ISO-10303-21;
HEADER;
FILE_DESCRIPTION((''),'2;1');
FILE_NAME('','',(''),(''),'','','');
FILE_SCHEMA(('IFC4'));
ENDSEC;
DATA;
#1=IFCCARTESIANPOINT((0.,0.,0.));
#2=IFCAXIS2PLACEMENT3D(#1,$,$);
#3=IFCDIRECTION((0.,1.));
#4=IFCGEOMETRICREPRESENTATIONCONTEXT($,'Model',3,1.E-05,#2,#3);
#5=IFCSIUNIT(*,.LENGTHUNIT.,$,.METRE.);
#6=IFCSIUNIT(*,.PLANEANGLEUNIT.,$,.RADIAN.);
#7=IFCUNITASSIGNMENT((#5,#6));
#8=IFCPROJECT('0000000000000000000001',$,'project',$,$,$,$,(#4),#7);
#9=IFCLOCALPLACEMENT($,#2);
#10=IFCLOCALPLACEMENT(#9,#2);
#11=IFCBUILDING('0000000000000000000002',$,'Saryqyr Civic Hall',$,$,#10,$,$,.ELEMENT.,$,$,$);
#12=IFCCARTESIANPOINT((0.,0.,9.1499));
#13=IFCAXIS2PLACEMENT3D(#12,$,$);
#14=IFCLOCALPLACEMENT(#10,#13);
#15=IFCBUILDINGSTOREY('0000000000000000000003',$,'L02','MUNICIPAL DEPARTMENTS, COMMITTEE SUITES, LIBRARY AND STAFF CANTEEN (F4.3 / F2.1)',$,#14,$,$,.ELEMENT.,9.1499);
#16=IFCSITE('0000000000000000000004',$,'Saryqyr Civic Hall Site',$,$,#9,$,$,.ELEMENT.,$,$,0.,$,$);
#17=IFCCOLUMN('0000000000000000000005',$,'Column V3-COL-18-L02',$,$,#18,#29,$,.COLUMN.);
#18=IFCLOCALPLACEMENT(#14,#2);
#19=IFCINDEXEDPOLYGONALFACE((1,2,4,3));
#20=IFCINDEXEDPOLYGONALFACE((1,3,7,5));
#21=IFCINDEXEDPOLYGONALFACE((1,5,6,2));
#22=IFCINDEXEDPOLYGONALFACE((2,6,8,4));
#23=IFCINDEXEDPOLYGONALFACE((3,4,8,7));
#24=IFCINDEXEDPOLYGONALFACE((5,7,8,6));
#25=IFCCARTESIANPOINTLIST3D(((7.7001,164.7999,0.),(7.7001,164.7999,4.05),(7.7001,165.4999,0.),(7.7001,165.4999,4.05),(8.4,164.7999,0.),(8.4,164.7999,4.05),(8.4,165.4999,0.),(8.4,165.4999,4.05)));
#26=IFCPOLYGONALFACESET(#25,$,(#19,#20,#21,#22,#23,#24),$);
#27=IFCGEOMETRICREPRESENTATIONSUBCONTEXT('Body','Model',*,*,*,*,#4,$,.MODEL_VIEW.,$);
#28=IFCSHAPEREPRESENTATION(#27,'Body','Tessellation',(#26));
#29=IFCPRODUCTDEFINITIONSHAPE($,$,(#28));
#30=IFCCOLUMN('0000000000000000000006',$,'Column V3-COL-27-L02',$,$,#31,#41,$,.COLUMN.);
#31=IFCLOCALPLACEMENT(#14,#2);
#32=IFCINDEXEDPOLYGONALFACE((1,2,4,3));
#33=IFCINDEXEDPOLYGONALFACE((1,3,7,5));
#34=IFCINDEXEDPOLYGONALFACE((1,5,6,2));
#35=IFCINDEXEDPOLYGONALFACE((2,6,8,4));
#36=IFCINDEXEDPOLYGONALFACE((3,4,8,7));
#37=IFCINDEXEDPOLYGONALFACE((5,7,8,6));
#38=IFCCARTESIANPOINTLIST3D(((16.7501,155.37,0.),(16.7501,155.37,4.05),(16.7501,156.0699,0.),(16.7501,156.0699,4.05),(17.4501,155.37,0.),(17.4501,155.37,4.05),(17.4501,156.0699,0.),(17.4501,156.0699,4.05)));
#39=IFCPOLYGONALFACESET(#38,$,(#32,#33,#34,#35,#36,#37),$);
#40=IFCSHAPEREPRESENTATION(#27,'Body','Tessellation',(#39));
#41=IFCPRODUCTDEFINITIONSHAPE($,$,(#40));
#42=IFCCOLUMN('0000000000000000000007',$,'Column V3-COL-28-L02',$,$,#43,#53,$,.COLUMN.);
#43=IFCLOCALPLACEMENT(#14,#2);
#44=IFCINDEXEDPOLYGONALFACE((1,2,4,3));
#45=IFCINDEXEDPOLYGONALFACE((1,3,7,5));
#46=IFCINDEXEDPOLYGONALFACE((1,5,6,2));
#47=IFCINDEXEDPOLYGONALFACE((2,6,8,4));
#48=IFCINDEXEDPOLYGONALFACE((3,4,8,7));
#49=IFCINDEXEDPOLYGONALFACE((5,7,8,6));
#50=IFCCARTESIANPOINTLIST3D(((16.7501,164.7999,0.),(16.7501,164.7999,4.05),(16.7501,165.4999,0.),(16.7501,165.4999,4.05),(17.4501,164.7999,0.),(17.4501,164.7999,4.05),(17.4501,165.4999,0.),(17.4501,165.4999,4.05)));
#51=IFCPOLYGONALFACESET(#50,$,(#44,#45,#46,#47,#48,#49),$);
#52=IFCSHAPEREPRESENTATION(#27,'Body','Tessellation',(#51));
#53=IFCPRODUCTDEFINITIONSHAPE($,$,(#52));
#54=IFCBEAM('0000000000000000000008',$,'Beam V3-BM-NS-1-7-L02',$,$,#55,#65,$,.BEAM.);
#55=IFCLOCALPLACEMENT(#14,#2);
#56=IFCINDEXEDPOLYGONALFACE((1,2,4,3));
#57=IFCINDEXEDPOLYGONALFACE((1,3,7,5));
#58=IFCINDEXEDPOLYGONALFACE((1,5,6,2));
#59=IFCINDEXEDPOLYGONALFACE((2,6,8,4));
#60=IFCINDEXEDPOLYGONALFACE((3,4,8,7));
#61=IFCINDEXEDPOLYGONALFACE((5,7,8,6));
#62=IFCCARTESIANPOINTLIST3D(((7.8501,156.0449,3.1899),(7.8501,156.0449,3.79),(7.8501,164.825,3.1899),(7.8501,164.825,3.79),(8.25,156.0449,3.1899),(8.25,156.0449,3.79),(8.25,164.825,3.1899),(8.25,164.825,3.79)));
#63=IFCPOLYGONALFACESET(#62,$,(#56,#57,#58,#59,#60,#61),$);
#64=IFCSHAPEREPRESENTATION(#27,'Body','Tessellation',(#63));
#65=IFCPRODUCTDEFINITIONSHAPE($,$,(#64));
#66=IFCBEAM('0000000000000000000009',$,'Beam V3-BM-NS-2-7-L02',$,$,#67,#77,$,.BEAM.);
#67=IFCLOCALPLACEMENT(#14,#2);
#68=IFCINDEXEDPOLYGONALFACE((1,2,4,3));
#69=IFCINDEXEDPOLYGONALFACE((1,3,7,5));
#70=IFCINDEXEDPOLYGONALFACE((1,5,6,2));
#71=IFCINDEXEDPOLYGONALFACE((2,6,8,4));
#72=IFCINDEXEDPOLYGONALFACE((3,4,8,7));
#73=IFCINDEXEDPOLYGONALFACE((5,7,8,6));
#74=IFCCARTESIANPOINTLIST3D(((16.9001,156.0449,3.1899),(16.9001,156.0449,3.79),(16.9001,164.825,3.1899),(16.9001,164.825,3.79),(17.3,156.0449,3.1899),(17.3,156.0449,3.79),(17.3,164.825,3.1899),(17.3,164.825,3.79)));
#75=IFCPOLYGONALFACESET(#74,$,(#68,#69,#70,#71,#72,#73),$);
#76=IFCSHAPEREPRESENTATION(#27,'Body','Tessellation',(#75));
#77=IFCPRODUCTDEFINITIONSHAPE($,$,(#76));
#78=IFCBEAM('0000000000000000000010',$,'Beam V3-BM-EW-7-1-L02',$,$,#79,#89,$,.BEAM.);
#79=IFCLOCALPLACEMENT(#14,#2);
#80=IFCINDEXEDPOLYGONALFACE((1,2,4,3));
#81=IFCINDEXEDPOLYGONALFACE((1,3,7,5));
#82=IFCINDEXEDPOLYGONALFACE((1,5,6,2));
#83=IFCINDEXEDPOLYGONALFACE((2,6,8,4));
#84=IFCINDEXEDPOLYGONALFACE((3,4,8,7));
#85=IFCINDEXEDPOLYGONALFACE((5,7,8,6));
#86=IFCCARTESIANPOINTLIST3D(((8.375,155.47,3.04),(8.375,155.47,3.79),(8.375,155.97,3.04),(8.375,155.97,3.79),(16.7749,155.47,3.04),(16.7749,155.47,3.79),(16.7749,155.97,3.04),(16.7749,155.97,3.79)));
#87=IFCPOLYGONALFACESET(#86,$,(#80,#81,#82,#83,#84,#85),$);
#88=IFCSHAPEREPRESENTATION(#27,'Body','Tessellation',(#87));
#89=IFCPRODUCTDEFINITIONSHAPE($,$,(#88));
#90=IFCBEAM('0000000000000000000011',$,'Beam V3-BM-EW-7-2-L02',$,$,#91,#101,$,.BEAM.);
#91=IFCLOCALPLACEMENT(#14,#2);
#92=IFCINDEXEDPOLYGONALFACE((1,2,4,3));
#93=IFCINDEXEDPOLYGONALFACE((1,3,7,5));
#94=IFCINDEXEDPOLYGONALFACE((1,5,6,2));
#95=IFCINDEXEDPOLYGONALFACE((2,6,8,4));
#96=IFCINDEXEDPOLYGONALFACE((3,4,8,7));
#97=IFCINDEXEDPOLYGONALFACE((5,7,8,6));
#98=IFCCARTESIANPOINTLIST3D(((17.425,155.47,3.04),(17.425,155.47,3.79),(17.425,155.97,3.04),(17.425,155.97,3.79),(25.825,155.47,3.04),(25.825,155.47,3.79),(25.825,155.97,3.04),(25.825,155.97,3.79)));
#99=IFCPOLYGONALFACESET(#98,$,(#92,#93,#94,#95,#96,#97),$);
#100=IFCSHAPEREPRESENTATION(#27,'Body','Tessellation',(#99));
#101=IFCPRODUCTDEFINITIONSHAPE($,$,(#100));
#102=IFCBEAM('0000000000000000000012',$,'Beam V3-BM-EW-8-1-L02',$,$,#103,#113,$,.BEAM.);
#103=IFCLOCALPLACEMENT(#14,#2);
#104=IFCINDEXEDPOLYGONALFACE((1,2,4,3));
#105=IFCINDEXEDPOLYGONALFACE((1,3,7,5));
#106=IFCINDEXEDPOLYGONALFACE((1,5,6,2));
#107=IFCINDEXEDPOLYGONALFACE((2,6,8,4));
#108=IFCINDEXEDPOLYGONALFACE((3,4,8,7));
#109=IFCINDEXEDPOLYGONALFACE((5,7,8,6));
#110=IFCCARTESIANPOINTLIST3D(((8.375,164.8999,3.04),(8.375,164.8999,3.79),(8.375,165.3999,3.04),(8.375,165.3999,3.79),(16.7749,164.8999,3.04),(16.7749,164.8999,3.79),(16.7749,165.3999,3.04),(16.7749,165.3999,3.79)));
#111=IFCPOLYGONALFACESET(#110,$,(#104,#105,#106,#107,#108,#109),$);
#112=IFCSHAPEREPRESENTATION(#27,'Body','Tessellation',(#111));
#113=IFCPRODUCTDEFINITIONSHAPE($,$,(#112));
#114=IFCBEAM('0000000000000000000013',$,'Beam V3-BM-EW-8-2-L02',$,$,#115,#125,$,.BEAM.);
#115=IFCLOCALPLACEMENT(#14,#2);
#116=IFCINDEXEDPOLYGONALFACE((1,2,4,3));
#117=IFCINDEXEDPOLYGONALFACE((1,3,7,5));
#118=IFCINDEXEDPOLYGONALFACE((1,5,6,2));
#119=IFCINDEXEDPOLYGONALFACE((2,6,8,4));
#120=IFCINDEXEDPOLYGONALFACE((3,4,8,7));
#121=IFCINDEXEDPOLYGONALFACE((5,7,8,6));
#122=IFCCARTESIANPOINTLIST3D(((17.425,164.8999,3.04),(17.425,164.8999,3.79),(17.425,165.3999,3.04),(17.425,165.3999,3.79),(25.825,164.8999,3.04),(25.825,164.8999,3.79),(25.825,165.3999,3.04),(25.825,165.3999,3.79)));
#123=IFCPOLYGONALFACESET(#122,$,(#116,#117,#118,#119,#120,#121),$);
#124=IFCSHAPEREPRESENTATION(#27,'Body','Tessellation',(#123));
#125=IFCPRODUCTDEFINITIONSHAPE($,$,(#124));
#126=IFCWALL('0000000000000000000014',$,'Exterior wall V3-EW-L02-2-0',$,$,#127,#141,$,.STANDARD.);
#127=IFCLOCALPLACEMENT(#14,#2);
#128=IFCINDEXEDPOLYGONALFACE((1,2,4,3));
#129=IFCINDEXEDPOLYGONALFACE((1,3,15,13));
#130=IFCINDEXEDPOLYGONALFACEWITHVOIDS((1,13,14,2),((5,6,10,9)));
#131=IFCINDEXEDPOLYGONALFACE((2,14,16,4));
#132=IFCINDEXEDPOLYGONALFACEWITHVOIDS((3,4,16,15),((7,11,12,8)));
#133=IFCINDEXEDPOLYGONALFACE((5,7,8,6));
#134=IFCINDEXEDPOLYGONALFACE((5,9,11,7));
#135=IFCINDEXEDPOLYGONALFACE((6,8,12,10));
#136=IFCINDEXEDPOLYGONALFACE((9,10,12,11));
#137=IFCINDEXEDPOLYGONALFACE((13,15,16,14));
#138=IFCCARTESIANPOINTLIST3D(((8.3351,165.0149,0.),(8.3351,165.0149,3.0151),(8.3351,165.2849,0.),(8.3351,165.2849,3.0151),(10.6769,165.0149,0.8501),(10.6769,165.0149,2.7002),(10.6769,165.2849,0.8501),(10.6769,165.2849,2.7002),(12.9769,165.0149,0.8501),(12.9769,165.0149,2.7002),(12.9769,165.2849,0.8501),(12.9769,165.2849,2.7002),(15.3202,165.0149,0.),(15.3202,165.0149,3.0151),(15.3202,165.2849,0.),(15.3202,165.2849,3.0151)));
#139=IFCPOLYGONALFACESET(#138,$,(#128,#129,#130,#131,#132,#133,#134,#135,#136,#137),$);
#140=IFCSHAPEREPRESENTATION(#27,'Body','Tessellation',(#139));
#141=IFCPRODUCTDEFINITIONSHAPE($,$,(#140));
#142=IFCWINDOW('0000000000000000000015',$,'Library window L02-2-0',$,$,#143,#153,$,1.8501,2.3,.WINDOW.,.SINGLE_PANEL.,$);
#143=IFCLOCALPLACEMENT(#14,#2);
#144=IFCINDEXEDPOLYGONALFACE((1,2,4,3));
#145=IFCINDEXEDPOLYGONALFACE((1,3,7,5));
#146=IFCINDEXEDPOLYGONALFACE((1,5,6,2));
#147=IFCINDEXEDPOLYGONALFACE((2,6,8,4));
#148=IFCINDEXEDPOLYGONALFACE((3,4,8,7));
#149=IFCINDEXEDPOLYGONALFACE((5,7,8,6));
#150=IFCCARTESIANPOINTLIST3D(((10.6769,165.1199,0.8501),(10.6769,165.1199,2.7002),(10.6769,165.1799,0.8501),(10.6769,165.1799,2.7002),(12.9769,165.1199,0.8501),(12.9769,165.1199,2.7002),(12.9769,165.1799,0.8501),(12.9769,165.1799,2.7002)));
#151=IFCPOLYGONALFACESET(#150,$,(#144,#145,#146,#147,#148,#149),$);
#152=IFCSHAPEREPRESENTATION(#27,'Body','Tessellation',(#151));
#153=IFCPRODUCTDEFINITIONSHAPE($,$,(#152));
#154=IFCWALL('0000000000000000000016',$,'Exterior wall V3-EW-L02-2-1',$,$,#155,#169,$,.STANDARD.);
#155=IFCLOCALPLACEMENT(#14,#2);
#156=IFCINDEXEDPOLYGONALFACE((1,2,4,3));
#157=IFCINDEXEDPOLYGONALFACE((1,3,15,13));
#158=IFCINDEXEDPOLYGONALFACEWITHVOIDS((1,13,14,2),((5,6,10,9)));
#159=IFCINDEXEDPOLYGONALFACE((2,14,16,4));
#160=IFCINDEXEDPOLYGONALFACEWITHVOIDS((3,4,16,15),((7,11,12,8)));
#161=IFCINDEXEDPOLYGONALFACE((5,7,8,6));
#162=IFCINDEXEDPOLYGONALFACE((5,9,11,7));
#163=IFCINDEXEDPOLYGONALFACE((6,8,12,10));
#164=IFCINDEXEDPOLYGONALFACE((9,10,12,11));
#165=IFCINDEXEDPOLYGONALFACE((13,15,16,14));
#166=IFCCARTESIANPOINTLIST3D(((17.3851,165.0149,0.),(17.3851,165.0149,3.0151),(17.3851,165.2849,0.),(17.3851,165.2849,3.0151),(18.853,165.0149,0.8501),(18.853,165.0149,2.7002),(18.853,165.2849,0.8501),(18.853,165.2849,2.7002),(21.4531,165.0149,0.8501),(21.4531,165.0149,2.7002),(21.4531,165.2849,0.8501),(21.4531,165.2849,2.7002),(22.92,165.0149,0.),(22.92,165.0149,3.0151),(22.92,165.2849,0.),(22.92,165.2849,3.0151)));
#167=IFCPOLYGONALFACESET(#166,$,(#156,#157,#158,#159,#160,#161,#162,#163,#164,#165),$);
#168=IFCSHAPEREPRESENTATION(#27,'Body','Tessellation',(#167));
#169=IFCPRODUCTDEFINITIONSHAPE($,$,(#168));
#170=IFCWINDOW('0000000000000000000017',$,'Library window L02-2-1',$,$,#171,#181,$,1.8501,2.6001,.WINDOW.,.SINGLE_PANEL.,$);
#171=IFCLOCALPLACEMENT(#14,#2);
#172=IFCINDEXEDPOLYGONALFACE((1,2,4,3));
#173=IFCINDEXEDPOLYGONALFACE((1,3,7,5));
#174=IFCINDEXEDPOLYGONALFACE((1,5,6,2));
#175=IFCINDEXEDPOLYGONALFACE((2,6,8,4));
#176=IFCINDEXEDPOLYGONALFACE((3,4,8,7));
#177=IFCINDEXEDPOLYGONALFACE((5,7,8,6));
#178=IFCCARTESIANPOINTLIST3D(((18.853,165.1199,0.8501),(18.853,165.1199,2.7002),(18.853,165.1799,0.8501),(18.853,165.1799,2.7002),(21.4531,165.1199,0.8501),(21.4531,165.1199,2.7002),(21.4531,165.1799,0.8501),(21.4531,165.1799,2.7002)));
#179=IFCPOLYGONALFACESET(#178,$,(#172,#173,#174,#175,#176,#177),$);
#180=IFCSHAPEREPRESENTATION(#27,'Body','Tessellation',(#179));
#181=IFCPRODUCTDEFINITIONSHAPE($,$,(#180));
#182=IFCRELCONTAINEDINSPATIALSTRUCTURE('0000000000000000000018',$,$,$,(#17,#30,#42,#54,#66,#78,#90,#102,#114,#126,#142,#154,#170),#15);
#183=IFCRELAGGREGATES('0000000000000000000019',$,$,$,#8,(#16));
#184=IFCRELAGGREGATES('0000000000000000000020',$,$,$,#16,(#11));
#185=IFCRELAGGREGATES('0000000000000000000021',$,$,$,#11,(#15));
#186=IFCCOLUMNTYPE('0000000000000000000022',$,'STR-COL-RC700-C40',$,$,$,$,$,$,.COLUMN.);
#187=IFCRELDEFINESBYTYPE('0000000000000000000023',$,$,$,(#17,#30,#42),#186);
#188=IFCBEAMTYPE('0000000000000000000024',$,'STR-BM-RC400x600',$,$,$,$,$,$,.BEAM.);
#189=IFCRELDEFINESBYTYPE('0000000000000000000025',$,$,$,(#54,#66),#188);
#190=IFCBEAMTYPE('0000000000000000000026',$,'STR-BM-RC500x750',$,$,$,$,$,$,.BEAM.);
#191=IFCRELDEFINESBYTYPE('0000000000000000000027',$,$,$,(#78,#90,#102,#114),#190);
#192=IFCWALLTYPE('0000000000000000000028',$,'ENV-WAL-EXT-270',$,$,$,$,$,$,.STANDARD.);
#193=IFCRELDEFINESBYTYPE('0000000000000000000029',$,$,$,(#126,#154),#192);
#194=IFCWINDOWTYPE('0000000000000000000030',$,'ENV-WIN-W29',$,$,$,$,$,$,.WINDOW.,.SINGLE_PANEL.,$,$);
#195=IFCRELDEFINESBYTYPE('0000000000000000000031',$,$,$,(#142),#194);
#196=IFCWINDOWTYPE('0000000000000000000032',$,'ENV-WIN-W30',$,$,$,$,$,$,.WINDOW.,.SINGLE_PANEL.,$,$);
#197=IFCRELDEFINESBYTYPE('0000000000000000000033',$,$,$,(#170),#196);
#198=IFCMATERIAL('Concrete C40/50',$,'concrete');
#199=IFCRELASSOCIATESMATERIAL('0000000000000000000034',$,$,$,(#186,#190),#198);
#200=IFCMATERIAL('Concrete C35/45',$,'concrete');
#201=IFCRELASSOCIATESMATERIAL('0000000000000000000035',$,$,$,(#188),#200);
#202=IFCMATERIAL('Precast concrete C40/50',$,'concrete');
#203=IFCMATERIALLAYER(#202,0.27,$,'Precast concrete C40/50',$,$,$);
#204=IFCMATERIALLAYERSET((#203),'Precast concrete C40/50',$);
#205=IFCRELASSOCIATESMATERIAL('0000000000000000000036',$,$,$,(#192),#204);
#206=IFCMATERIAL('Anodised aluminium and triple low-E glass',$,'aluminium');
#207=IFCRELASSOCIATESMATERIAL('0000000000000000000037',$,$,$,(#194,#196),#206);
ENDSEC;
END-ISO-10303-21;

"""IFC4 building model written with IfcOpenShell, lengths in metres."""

from ifc_helpers import new_model, si_unit, direction, frame, frame_2d, origin, origin_2d, place, context, subcontext, project, spatial, rectangle, extrude, material, layer, layer_set, material_profile, profile_set, type_object, element, fill, save


model = new_model("IFC4")

# Units and contexts
model_context = context("Model", 3, precision=1e-05, world=origin(), true_north=direction((0.0, 1.0)))
body_context = subcontext(model_context, "Body", "Model", "MODEL_VIEW")
ifc_project = project(units=[si_unit("LENGTHUNIT", "METRE"), si_unit("PLANEANGLEUNIT", "RADIAN")], contexts=[model_context])

# Site, building, storey
site_placement = place(None, origin())
site = spatial("IfcSite", under=ifc_project, at=site_placement, Name="Saryqyr Civic Hall Site", CompositionType="ELEMENT", RefElevation=0.0)
building_placement = place(site_placement, origin())
building = spatial("IfcBuilding", under=site, at=building_placement, Name="Saryqyr Civic Hall", CompositionType="ELEMENT")
storey_placement = place(building_placement, frame((0.0, 0.0, 9.1499)))
storey = spatial("IfcBuildingStorey", under=building, at=storey_placement, Name="L02", Description="MUNICIPAL DEPARTMENTS, COMMITTEE SUITES, LIBRARY AND STAFF CANTEEN (F4.3 / F2.1)", CompositionType="ELEMENT", Elevation=9.1499)

# Columns
ifc_material_1 = material(Name="Concrete C40/50", Category="concrete")
ifc_material_profile_1 = material_profile(ifc_material_1, rectangle(XDim=0.7, YDim=0.7, at=origin_2d()), Name="RC 700x700")
ifc_profile_set_1 = profile_set([ifc_material_profile_1], Name="Concrete C40/50")
column_type = type_object("IfcColumnType", Name="STR-COL-RC700-C40", PredefinedType="COLUMN", material=ifc_profile_set_1)
for number, where, z_axis, x_axis, name in (
    (1, (8.05, 165.1499, 0.0), (0.0, 0.0, 1.0), (1.0, 0.0, 0.0), "Column V3-COL-18-L02"),
    (2, (17.1001, 155.72, 0.0), (0.0, 0.0, 1.0), (1.0, 0.0, 0.0), "Column V3-COL-27-L02"),
    (3, (17.1001, 165.1499, 0.0), (0.0, 0.0, 1.0), (1.0, 0.0, 0.0), "Column V3-COL-28-L02"),
):
    element("IfcColumn", number, at=place(storey_placement, frame(where, z_axis=z_axis, x_axis=x_axis)), inside=storey, type_object=column_type, Name=name, PredefinedType="COLUMN", context=body_context, shape_type="SweptSolid", body=[
        extrude(rectangle(XDim=0.7, YDim=0.7, at=origin_2d()), origin(), (0.0, 0.0, 1.0), 4.05),
    ])

# Beams
ifc_material_2 = material(Name="Concrete C35/45", Category="concrete")
ifc_material_profile_2 = material_profile(ifc_material_2, rectangle(XDim=0.3999, YDim=0.6001, at=origin_2d()), Name="RC 400x600")
ifc_profile_set_2 = profile_set([ifc_material_profile_2], Name="Concrete C35/45")
beam_type_1 = type_object("IfcBeamType", Name="STR-BM-RC400x600", PredefinedType="BEAM", material=ifc_profile_set_2)
for number, where, z_axis, x_axis, name in (
    (4, (8.05, 156.0449, 3.49), (0.0, 1.0, 0.0), (-1.0, 0.0, 0.0), "Beam V3-BM-NS-1-7-L02"),
    (5, (17.1001, 156.0449, 3.49), (0.0, 1.0, 0.0), (-1.0, 0.0, 0.0), "Beam V3-BM-NS-2-7-L02"),
):
    element("IfcBeam", number, at=place(storey_placement, frame(where, z_axis=z_axis, x_axis=x_axis)), inside=storey, type_object=beam_type_1, Name=name, PredefinedType="BEAM", context=body_context, shape_type="SweptSolid", body=[
        extrude(rectangle(XDim=0.3999, YDim=0.6001, at=origin_2d()), origin(), (0.0, 0.0, 1.0), 8.78),
    ])
ifc_material_profile_3 = material_profile(ifc_material_1, rectangle(XDim=0.5, YDim=0.75, at=origin_2d()), Name="RC 500x750")
ifc_profile_set_3 = profile_set([ifc_material_profile_3], Name="Concrete C40/50")
beam_type_2 = type_object("IfcBeamType", Name="STR-BM-RC500x750", PredefinedType="BEAM", material=ifc_profile_set_3)
for number, where, z_axis, x_axis, name in (
    (6, (8.375, 155.72, 3.415), (1.0, 0.0, 0.0), (0.0, 1.0, 0.0), "Beam V3-BM-EW-7-1-L02"),
    (7, (17.425, 155.72, 3.415), (1.0, 0.0, 0.0), (0.0, 1.0, 0.0), "Beam V3-BM-EW-7-2-L02"),
    (8, (8.375, 165.1499, 3.415), (1.0, 0.0, 0.0), (0.0, 1.0, 0.0), "Beam V3-BM-EW-8-1-L02"),
    (9, (17.425, 165.1499, 3.415), (1.0, 0.0, 0.0), (0.0, 1.0, 0.0), "Beam V3-BM-EW-8-2-L02"),
):
    element("IfcBeam", number, at=place(storey_placement, frame(where, z_axis=z_axis, x_axis=x_axis)), inside=storey, type_object=beam_type_2, Name=name, PredefinedType="BEAM", context=body_context, shape_type="SweptSolid", body=[
        extrude(rectangle(XDim=0.5, YDim=0.75, at=origin_2d()), origin(), (0.0, 0.0, 1.0), 8.3999),
    ])

# Walls, openings, windows
ifc_material_3 = material(Name="Precast concrete C40/50", Category="concrete")
ifc_layer_1 = layer(ifc_material_3, 0.27, Name="Precast concrete C40/50")
ifc_layer_set_1 = layer_set([ifc_layer_1], Name="Precast concrete C40/50")
wall_type_1 = type_object("IfcWallType", Name="ENV-WAL-EXT-270", PredefinedType="STANDARD", material=ifc_layer_set_1)
wall_1_placement = place(storey_placement, frame((8.335, 165.1499, 0.0), z_axis=(0.0, 0.0, 1.0), x_axis=(1.0, 0.0, 0.0)))
wall_1 = element("IfcWall", 10, at=wall_1_placement, inside=storey, type_object=wall_type_1, Name="Exterior wall V3-EW-L02-2-0", PredefinedType="STANDARD", context=body_context, shape_type="SweptSolid", body=[
    extrude(rectangle(XDim=6.9851, YDim=0.27, at=frame_2d((3.4927, 0.0))), origin(), (0.0, 0.0, 1.0), 3.0151),
])
opening_1_placement = place(wall_1_placement, frame((2.342, 0.0, 0.8501)))
opening_1 = element("IfcOpeningElement", 11, at=opening_1_placement, cuts=wall_1, PredefinedType="OPENING", context=body_context, shape_type="SweptSolid", body=[
    extrude(rectangle(XDim=2.3, YDim=1.8501, at=frame_2d((1.1499, 0.925))), frame((0.0, 0.145, 0.0), z_axis=(0.0, -1.0, 0.0), x_axis=(1.0, 0.0, 0.0)), (0.0, 0.0, 1.0), 0.29),
])
ifc_material_4 = material(Name="Anodised aluminium and triple low-E glass", Category="aluminium")
window_type_1 = type_object("IfcWindowType", Name="ENV-WIN-W29", PartitioningType="SINGLE_PANEL", PredefinedType="WINDOW", material=ifc_material_4)
window_1_placement = place(opening_1_placement, origin())
window_1 = element("IfcWindow", 12, at=window_1_placement, inside=storey, type_object=window_type_1, Name="Library window L02-2-0", OverallHeight=1.8501, OverallWidth=2.3, PartitioningType="SINGLE_PANEL", PredefinedType="WINDOW", context=body_context, shape_type="SweptSolid", body=[
    extrude(rectangle(XDim=2.3, YDim=1.8501, at=frame_2d((1.1499, 0.925))), frame((0.0, 0.03, 0.0), z_axis=(0.0, -1.0, 0.0), x_axis=(1.0, 0.0, 0.0)), (0.0, 0.0, 1.0), 0.0601),
])
fill(opening_1, window_1)
wall_2_placement = place(storey_placement, frame((17.385, 165.1499, 0.0), z_axis=(0.0, 0.0, 1.0), x_axis=(1.0, 0.0, 0.0)))
wall_2 = element("IfcWall", 13, at=wall_2_placement, inside=storey, type_object=wall_type_1, Name="Exterior wall V3-EW-L02-2-1", PredefinedType="STANDARD", context=body_context, shape_type="SweptSolid", body=[
    extrude(rectangle(XDim=5.5349, YDim=0.27, at=frame_2d((2.7676, 0.0))), origin(), (0.0, 0.0, 1.0), 3.0151),
])
opening_2_placement = place(wall_2_placement, frame((1.468, 0.0, 0.8501)))
opening_2 = element("IfcOpeningElement", 14, at=opening_2_placement, cuts=wall_2, PredefinedType="OPENING", context=body_context, shape_type="SweptSolid", body=[
    extrude(rectangle(XDim=2.6001, YDim=1.8501, at=frame_2d((1.3, 0.925))), frame((0.0, 0.145, 0.0), z_axis=(0.0, -1.0, 0.0), x_axis=(1.0, 0.0, 0.0)), (0.0, 0.0, 1.0), 0.29),
])
window_type_2 = type_object("IfcWindowType", Name="ENV-WIN-W30", PartitioningType="SINGLE_PANEL", PredefinedType="WINDOW", material=ifc_material_4)
window_2_placement = place(opening_2_placement, origin())
window_2 = element("IfcWindow", 15, at=window_2_placement, inside=storey, type_object=window_type_2, Name="Library window L02-2-1", OverallHeight=1.8501, OverallWidth=2.6001, PartitioningType="SINGLE_PANEL", PredefinedType="WINDOW", context=body_context, shape_type="SweptSolid", body=[
    extrude(rectangle(XDim=2.6001, YDim=1.8501, at=frame_2d((1.3, 0.925))), frame((0.0, 0.03, 0.0), z_axis=(0.0, -1.0, 0.0), x_axis=(1.0, 0.0, 0.0)), (0.0, 0.0, 1.0), 0.0601),
])
fill(opening_2, window_2)

save(model, "model.ifc")
